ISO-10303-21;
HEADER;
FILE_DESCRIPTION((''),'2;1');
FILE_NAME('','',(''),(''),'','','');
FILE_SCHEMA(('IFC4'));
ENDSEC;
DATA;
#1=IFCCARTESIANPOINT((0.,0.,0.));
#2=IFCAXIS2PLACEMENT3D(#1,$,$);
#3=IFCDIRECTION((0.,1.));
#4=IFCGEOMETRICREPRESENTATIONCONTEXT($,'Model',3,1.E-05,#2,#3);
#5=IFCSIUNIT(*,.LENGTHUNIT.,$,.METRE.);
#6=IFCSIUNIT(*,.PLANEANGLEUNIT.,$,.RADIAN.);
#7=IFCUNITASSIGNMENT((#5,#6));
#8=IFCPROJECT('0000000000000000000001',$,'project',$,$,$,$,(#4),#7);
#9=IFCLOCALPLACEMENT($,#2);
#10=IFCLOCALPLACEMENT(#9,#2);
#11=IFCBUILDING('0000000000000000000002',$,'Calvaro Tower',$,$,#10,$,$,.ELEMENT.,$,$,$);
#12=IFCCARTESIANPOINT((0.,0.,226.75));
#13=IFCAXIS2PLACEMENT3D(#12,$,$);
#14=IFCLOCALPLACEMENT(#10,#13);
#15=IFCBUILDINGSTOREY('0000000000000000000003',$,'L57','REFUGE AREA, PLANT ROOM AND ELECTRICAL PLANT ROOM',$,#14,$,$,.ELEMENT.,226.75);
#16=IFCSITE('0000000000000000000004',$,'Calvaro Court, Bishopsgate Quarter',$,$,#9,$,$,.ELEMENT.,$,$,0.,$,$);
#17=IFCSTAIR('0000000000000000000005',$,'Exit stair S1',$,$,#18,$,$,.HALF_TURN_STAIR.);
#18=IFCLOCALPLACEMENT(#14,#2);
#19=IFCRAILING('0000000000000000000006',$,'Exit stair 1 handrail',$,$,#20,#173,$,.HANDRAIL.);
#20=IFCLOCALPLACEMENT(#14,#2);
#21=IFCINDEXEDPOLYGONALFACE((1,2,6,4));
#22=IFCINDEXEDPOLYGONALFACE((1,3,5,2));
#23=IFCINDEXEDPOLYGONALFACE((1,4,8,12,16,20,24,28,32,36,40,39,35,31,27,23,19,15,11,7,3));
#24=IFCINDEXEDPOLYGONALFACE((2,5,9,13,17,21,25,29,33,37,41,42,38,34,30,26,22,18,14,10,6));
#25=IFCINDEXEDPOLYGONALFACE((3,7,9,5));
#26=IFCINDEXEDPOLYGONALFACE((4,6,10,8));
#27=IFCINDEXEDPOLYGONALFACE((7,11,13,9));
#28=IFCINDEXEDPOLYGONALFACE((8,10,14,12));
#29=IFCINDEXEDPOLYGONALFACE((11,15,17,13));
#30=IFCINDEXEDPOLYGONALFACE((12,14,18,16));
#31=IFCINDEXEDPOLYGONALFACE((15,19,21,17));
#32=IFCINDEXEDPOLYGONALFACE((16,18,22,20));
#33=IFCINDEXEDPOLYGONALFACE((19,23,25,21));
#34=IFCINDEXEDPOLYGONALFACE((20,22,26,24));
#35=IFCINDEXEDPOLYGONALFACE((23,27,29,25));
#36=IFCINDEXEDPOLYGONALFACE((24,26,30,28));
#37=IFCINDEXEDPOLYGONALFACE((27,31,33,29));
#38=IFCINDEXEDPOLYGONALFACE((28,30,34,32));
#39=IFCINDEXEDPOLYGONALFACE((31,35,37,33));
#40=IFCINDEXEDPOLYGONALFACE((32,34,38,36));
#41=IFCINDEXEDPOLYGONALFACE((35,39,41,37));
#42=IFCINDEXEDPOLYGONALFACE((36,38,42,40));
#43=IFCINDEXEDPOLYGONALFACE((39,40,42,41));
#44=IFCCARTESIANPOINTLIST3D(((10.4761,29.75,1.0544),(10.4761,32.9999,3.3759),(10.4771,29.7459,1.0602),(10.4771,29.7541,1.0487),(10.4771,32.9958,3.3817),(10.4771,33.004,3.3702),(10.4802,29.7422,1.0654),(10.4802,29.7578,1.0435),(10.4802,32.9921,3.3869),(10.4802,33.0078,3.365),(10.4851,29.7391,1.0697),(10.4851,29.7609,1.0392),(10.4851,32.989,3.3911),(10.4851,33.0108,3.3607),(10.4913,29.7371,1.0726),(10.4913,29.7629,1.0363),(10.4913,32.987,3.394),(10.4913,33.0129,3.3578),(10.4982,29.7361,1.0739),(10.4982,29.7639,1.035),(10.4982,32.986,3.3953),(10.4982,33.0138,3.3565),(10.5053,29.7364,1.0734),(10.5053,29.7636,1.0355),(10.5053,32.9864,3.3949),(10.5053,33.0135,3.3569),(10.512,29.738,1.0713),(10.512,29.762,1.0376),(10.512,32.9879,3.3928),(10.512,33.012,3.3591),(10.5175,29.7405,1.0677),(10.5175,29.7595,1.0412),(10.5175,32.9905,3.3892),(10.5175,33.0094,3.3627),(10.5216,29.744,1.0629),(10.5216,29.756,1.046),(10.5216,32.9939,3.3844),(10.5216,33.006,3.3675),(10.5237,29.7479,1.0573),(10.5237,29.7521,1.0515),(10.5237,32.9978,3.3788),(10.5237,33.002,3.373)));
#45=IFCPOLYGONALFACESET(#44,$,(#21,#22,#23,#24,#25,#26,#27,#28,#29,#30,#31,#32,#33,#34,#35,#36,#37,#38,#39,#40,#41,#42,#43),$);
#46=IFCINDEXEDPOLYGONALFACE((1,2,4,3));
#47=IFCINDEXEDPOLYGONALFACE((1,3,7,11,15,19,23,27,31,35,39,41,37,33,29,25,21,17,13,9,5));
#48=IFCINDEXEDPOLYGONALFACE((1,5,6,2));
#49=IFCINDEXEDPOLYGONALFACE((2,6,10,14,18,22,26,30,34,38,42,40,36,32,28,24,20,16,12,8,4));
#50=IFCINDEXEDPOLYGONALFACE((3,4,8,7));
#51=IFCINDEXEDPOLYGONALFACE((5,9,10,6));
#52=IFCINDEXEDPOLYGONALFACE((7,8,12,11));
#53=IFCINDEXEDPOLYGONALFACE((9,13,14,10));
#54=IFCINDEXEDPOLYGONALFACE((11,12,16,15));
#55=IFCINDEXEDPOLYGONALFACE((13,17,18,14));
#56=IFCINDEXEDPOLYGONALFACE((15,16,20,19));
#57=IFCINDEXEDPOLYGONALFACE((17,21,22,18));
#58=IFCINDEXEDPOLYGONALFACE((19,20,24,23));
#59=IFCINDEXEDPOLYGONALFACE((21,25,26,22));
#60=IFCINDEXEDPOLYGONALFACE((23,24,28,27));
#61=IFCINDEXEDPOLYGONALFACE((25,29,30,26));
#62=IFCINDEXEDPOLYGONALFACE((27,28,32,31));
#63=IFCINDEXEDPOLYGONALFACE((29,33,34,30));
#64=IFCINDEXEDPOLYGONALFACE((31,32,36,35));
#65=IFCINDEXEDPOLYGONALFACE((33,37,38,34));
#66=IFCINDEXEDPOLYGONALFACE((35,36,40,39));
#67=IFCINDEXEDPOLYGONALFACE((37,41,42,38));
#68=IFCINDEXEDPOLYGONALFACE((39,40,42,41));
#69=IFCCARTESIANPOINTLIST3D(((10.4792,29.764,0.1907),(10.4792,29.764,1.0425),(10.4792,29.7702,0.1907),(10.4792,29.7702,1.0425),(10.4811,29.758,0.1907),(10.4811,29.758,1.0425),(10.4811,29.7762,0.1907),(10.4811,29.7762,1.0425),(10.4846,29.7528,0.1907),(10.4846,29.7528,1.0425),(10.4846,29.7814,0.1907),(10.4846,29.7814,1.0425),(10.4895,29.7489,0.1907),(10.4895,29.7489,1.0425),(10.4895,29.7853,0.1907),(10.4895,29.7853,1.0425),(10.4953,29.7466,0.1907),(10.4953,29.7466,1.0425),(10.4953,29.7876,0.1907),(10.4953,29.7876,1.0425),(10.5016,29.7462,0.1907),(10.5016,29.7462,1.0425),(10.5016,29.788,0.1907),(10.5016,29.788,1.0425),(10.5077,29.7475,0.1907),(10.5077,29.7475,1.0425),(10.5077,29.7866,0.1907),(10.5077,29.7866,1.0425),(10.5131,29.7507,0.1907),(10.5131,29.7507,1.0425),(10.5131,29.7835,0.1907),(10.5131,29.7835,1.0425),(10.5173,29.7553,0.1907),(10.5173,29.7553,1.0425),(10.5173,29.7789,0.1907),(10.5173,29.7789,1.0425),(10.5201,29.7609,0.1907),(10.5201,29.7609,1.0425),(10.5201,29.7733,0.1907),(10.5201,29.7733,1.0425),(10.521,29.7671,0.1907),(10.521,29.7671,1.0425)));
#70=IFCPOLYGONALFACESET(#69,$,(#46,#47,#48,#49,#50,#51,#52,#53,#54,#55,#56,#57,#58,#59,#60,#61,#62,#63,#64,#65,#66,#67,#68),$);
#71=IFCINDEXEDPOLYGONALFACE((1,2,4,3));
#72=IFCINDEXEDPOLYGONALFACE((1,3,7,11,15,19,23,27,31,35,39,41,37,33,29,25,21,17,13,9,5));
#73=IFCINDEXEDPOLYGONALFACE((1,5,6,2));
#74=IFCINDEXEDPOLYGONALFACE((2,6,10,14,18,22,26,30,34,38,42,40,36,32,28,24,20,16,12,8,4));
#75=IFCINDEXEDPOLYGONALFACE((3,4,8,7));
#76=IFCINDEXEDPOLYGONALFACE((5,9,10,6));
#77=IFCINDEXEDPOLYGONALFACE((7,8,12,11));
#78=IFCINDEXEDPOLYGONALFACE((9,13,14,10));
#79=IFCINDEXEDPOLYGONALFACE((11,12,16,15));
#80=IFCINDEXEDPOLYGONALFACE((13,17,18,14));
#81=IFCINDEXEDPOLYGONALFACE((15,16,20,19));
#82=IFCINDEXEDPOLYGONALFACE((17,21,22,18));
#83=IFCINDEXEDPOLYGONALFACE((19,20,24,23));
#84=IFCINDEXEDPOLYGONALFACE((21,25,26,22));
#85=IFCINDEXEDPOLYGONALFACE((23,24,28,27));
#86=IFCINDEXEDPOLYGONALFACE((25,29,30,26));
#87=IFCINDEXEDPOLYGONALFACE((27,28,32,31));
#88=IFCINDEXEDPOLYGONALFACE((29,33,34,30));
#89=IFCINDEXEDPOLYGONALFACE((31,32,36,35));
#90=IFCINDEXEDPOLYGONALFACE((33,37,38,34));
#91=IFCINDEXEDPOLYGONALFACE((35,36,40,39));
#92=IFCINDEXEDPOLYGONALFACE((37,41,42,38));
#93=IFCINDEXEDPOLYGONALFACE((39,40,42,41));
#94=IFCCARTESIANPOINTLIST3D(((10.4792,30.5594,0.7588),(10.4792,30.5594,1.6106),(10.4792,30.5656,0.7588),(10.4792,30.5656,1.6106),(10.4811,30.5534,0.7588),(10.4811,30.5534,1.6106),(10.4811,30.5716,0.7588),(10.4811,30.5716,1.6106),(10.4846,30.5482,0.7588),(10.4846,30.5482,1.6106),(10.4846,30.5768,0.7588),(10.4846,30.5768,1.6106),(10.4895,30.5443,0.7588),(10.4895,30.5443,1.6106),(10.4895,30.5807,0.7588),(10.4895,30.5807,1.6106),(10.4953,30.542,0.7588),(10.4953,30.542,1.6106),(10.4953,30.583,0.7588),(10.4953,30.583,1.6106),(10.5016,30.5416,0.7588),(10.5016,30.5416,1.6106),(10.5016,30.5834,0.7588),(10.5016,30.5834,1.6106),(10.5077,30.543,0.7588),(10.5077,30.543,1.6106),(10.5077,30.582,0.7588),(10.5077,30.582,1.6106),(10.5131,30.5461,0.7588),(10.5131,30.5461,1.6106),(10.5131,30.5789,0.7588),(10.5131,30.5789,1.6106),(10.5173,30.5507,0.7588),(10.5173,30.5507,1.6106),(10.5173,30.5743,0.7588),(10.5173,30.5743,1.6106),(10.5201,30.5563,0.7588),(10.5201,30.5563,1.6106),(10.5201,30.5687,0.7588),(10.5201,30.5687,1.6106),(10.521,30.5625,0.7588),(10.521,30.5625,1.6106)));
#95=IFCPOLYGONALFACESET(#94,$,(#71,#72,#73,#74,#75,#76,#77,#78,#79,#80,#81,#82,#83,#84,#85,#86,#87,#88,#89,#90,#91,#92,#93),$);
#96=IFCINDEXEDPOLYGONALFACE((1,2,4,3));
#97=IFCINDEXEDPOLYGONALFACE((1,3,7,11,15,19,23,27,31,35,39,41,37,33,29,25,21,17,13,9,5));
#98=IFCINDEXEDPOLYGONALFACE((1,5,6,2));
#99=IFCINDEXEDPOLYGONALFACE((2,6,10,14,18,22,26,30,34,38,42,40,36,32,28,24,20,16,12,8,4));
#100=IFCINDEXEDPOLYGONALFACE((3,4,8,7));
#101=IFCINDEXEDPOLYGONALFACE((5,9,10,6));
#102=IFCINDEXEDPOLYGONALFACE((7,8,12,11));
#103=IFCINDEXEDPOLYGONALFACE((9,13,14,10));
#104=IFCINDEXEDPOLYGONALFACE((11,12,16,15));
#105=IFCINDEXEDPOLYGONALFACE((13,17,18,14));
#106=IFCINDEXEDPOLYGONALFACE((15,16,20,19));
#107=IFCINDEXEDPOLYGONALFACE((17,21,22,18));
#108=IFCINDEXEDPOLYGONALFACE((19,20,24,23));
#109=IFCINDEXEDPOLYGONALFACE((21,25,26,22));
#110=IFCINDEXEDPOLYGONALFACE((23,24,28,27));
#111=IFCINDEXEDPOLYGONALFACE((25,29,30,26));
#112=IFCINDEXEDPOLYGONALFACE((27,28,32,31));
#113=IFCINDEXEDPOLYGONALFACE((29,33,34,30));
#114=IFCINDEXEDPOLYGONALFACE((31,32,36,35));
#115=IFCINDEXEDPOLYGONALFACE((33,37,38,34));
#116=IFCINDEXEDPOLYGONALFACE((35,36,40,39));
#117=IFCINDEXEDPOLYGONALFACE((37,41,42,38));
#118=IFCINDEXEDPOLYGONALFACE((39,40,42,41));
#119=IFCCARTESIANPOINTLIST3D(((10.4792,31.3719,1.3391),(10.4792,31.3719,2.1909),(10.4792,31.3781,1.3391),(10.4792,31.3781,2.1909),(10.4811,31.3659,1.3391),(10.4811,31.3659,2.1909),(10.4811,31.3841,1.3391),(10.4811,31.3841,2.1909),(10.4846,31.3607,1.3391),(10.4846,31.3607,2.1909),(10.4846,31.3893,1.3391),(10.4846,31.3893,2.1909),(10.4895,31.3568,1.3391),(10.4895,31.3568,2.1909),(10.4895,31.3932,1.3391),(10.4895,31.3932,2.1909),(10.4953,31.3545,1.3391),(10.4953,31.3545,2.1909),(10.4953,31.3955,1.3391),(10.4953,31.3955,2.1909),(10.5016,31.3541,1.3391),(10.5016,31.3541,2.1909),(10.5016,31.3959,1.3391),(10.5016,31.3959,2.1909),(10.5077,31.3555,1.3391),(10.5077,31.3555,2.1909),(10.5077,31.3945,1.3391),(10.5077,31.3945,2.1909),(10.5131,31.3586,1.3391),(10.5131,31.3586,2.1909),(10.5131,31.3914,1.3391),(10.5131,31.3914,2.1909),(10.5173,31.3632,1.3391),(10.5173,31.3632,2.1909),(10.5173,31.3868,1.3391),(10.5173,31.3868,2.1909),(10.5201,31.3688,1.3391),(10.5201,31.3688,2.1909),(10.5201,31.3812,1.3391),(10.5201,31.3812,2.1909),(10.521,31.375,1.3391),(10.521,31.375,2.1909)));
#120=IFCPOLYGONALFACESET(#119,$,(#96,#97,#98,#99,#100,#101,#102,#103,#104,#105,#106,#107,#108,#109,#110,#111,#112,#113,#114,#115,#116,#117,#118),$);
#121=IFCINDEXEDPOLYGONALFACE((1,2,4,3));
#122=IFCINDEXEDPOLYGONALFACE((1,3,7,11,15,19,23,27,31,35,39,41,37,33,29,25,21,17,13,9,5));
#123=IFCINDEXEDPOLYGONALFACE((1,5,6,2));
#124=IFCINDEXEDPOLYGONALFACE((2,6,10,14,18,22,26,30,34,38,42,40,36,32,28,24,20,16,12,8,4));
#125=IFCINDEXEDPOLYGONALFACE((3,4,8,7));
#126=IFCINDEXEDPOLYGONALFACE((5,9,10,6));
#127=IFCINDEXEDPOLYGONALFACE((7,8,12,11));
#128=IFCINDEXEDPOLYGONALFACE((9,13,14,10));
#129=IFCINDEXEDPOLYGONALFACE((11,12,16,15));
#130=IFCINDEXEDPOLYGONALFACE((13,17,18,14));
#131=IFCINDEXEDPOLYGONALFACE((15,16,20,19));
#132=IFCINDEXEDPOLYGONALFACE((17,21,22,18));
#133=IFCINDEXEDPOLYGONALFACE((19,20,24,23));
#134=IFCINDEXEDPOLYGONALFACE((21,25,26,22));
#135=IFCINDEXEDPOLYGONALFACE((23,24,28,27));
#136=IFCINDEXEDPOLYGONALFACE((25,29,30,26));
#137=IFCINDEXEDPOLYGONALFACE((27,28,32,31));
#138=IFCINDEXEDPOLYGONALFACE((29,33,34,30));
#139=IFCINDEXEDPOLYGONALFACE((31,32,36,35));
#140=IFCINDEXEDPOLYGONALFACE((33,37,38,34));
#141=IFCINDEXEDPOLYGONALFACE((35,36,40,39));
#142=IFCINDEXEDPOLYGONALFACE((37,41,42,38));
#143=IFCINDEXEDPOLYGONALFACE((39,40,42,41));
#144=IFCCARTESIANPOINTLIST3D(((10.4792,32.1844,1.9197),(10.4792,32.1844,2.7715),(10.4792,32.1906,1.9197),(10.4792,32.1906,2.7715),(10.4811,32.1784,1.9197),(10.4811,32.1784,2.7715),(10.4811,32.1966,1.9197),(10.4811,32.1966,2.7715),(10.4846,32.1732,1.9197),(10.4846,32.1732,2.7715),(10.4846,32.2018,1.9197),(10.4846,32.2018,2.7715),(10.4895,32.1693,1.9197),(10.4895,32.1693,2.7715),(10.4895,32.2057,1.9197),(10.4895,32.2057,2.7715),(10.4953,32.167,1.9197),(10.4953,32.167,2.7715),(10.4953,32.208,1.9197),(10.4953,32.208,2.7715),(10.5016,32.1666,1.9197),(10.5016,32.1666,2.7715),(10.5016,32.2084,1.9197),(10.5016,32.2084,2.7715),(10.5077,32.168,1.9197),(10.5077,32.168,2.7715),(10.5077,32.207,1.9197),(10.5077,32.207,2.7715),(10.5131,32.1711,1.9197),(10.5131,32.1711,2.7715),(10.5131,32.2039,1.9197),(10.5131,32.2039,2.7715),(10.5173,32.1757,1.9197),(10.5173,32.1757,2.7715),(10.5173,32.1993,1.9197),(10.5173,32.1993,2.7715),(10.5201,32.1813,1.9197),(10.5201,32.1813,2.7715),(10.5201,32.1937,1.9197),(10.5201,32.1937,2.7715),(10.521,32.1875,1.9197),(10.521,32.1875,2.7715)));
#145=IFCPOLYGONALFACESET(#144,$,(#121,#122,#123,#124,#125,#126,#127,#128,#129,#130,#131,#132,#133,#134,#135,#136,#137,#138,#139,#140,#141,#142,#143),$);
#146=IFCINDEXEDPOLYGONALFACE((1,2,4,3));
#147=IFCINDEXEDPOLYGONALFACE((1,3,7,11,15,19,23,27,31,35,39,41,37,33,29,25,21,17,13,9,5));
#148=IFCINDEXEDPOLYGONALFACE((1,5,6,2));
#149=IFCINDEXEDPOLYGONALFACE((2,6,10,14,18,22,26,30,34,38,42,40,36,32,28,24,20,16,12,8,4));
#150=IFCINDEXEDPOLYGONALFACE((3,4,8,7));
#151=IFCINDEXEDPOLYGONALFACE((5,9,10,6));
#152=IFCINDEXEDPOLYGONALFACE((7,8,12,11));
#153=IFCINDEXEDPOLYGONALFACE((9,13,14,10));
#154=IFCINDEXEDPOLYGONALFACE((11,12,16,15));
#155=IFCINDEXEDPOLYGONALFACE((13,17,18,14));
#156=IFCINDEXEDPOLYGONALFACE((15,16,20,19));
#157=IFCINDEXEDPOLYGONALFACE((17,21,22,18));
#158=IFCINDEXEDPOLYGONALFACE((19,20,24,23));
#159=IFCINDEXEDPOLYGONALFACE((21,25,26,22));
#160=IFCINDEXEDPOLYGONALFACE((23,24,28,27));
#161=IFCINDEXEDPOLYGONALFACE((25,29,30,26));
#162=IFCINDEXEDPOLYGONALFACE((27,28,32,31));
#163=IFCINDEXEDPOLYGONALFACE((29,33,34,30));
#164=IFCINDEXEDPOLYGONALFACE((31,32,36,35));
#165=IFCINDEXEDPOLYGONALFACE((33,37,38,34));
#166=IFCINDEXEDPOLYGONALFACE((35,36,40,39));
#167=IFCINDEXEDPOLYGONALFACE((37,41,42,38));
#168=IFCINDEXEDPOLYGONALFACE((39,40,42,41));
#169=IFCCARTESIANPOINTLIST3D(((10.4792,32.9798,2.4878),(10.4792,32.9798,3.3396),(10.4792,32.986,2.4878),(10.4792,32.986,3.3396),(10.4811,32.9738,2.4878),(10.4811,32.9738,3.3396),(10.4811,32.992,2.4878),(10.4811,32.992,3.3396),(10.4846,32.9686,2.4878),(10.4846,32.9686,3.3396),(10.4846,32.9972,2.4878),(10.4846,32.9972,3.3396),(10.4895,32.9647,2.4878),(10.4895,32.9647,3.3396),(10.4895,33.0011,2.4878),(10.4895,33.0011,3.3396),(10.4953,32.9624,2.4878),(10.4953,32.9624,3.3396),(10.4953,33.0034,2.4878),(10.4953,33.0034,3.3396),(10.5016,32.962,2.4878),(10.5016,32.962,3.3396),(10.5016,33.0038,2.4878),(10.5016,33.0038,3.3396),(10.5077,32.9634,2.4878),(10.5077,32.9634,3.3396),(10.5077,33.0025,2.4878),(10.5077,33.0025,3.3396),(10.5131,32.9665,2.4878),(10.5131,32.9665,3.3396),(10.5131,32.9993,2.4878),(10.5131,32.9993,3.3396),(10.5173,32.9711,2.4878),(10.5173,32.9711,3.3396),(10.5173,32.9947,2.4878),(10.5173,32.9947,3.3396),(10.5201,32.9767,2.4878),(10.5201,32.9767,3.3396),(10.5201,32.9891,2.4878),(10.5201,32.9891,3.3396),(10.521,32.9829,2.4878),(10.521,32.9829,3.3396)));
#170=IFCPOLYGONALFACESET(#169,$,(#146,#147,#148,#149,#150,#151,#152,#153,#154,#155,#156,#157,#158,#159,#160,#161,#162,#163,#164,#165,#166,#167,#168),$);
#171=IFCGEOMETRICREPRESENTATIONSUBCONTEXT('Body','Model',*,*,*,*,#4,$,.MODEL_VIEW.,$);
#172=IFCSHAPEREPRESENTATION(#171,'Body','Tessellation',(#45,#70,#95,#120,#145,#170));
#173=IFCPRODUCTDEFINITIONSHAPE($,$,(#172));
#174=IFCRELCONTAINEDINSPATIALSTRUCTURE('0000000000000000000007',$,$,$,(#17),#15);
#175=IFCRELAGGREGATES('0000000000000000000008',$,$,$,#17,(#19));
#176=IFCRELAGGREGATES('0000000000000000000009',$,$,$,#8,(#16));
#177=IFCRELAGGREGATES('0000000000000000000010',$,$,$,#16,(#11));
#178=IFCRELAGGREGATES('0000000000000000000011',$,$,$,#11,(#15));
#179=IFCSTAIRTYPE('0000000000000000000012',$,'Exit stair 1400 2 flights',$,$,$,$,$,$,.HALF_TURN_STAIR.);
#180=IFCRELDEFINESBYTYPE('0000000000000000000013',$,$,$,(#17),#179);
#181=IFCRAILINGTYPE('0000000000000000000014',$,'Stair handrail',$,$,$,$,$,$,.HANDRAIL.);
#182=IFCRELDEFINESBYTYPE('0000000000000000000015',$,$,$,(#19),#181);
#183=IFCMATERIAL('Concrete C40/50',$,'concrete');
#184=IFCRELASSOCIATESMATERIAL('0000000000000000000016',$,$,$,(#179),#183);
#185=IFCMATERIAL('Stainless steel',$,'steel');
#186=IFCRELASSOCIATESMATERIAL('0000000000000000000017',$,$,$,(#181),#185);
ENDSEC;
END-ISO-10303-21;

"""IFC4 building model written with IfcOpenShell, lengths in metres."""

from ifc_helpers import new_model, si_unit, direction, frame, origin, origin_2d, place, context, subcontext, project, spatial, circle, extrude, material, type_object, element, aggregate, save


model = new_model("IFC4")

# Units and contexts
model_context = context("Model", 3, precision=1e-05, world=origin(), true_north=direction((0.0, 1.0)))
body_context = subcontext(model_context, "Body", "Model", "MODEL_VIEW")
ifc_project = project(units=[si_unit("LENGTHUNIT", "METRE"), si_unit("PLANEANGLEUNIT", "RADIAN")], contexts=[model_context])

# Site, building, storey
site_placement = place(None, origin())
site = spatial("IfcSite", under=ifc_project, at=site_placement, Name="Calvaro Court, Bishopsgate Quarter", CompositionType="ELEMENT", RefElevation=0.0)
building_placement = place(site_placement, origin())
building = spatial("IfcBuilding", under=site, at=building_placement, Name="Calvaro Tower", CompositionType="ELEMENT")
storey_placement = place(building_placement, frame((0.0, 0.0, 226.75)))
storey = spatial("IfcBuildingStorey", under=building, at=storey_placement, Name="L57", Description="REFUGE AREA, PLANT ROOM AND ELECTRICAL PLANT ROOM", CompositionType="ELEMENT", Elevation=226.75)

# Stair, railing
ifc_material_1 = material(Name="Concrete C40/50", Category="concrete")
stair_type = type_object("IfcStairType", Name="Exit stair 1400 2 flights", PredefinedType="HALF_TURN_STAIR", material=ifc_material_1)
stair_placement = place(storey_placement, origin())
stair = element("IfcStair", 1, at=stair_placement, inside=storey, type_object=stair_type, Name="Exit stair S1", PredefinedType="HALF_TURN_STAIR")
ifc_material_2 = material(Name="Stainless steel", Category="steel")
railing_type = type_object("IfcRailingType", Name="Stair handrail", PredefinedType="HANDRAIL", material=ifc_material_2)
railing_placement = place(storey_placement, frame((10.5, 29.75, 0.1785)))
railing = element("IfcRailing", 2, at=railing_placement, type_object=railing_type, Name="Exit stair 1 handrail", PredefinedType="HANDRAIL", context=body_context, shape_type="SweptSolid", body=[
    extrude(circle(Radius=0.0239, at=origin_2d()), frame((0.0, 0.0, 0.876), z_axis=(0.0, 0.813721, 0.581256), x_axis=(-1.0, 0.0, 0.0)), (0.0, 0.0, 1.0), 3.9939),
    extrude(circle(Radius=0.021, at=origin_2d()), frame((0.0, 0.0171, 0.0122)), (0.0, 0.0, 1.0), 0.8518),
    extrude(circle(Radius=0.021, at=origin_2d()), frame((0.0, 0.8125, 0.5803)), (0.0, 0.0, 1.0), 0.8518),
    extrude(circle(Radius=0.021, at=origin_2d()), frame((0.0, 1.625, 1.1606)), (0.0, 0.0, 1.0), 0.8518),
    extrude(circle(Radius=0.021, at=origin_2d()), frame((0.0, 2.4375, 1.7412)), (0.0, 0.0, 1.0), 0.8518),
    extrude(circle(Radius=0.021, at=origin_2d()), frame((0.0, 3.2329, 2.3093)), (0.0, 0.0, 1.0), 0.8518),
])
aggregate(stair, [railing])

save(model, "model.ifc")
